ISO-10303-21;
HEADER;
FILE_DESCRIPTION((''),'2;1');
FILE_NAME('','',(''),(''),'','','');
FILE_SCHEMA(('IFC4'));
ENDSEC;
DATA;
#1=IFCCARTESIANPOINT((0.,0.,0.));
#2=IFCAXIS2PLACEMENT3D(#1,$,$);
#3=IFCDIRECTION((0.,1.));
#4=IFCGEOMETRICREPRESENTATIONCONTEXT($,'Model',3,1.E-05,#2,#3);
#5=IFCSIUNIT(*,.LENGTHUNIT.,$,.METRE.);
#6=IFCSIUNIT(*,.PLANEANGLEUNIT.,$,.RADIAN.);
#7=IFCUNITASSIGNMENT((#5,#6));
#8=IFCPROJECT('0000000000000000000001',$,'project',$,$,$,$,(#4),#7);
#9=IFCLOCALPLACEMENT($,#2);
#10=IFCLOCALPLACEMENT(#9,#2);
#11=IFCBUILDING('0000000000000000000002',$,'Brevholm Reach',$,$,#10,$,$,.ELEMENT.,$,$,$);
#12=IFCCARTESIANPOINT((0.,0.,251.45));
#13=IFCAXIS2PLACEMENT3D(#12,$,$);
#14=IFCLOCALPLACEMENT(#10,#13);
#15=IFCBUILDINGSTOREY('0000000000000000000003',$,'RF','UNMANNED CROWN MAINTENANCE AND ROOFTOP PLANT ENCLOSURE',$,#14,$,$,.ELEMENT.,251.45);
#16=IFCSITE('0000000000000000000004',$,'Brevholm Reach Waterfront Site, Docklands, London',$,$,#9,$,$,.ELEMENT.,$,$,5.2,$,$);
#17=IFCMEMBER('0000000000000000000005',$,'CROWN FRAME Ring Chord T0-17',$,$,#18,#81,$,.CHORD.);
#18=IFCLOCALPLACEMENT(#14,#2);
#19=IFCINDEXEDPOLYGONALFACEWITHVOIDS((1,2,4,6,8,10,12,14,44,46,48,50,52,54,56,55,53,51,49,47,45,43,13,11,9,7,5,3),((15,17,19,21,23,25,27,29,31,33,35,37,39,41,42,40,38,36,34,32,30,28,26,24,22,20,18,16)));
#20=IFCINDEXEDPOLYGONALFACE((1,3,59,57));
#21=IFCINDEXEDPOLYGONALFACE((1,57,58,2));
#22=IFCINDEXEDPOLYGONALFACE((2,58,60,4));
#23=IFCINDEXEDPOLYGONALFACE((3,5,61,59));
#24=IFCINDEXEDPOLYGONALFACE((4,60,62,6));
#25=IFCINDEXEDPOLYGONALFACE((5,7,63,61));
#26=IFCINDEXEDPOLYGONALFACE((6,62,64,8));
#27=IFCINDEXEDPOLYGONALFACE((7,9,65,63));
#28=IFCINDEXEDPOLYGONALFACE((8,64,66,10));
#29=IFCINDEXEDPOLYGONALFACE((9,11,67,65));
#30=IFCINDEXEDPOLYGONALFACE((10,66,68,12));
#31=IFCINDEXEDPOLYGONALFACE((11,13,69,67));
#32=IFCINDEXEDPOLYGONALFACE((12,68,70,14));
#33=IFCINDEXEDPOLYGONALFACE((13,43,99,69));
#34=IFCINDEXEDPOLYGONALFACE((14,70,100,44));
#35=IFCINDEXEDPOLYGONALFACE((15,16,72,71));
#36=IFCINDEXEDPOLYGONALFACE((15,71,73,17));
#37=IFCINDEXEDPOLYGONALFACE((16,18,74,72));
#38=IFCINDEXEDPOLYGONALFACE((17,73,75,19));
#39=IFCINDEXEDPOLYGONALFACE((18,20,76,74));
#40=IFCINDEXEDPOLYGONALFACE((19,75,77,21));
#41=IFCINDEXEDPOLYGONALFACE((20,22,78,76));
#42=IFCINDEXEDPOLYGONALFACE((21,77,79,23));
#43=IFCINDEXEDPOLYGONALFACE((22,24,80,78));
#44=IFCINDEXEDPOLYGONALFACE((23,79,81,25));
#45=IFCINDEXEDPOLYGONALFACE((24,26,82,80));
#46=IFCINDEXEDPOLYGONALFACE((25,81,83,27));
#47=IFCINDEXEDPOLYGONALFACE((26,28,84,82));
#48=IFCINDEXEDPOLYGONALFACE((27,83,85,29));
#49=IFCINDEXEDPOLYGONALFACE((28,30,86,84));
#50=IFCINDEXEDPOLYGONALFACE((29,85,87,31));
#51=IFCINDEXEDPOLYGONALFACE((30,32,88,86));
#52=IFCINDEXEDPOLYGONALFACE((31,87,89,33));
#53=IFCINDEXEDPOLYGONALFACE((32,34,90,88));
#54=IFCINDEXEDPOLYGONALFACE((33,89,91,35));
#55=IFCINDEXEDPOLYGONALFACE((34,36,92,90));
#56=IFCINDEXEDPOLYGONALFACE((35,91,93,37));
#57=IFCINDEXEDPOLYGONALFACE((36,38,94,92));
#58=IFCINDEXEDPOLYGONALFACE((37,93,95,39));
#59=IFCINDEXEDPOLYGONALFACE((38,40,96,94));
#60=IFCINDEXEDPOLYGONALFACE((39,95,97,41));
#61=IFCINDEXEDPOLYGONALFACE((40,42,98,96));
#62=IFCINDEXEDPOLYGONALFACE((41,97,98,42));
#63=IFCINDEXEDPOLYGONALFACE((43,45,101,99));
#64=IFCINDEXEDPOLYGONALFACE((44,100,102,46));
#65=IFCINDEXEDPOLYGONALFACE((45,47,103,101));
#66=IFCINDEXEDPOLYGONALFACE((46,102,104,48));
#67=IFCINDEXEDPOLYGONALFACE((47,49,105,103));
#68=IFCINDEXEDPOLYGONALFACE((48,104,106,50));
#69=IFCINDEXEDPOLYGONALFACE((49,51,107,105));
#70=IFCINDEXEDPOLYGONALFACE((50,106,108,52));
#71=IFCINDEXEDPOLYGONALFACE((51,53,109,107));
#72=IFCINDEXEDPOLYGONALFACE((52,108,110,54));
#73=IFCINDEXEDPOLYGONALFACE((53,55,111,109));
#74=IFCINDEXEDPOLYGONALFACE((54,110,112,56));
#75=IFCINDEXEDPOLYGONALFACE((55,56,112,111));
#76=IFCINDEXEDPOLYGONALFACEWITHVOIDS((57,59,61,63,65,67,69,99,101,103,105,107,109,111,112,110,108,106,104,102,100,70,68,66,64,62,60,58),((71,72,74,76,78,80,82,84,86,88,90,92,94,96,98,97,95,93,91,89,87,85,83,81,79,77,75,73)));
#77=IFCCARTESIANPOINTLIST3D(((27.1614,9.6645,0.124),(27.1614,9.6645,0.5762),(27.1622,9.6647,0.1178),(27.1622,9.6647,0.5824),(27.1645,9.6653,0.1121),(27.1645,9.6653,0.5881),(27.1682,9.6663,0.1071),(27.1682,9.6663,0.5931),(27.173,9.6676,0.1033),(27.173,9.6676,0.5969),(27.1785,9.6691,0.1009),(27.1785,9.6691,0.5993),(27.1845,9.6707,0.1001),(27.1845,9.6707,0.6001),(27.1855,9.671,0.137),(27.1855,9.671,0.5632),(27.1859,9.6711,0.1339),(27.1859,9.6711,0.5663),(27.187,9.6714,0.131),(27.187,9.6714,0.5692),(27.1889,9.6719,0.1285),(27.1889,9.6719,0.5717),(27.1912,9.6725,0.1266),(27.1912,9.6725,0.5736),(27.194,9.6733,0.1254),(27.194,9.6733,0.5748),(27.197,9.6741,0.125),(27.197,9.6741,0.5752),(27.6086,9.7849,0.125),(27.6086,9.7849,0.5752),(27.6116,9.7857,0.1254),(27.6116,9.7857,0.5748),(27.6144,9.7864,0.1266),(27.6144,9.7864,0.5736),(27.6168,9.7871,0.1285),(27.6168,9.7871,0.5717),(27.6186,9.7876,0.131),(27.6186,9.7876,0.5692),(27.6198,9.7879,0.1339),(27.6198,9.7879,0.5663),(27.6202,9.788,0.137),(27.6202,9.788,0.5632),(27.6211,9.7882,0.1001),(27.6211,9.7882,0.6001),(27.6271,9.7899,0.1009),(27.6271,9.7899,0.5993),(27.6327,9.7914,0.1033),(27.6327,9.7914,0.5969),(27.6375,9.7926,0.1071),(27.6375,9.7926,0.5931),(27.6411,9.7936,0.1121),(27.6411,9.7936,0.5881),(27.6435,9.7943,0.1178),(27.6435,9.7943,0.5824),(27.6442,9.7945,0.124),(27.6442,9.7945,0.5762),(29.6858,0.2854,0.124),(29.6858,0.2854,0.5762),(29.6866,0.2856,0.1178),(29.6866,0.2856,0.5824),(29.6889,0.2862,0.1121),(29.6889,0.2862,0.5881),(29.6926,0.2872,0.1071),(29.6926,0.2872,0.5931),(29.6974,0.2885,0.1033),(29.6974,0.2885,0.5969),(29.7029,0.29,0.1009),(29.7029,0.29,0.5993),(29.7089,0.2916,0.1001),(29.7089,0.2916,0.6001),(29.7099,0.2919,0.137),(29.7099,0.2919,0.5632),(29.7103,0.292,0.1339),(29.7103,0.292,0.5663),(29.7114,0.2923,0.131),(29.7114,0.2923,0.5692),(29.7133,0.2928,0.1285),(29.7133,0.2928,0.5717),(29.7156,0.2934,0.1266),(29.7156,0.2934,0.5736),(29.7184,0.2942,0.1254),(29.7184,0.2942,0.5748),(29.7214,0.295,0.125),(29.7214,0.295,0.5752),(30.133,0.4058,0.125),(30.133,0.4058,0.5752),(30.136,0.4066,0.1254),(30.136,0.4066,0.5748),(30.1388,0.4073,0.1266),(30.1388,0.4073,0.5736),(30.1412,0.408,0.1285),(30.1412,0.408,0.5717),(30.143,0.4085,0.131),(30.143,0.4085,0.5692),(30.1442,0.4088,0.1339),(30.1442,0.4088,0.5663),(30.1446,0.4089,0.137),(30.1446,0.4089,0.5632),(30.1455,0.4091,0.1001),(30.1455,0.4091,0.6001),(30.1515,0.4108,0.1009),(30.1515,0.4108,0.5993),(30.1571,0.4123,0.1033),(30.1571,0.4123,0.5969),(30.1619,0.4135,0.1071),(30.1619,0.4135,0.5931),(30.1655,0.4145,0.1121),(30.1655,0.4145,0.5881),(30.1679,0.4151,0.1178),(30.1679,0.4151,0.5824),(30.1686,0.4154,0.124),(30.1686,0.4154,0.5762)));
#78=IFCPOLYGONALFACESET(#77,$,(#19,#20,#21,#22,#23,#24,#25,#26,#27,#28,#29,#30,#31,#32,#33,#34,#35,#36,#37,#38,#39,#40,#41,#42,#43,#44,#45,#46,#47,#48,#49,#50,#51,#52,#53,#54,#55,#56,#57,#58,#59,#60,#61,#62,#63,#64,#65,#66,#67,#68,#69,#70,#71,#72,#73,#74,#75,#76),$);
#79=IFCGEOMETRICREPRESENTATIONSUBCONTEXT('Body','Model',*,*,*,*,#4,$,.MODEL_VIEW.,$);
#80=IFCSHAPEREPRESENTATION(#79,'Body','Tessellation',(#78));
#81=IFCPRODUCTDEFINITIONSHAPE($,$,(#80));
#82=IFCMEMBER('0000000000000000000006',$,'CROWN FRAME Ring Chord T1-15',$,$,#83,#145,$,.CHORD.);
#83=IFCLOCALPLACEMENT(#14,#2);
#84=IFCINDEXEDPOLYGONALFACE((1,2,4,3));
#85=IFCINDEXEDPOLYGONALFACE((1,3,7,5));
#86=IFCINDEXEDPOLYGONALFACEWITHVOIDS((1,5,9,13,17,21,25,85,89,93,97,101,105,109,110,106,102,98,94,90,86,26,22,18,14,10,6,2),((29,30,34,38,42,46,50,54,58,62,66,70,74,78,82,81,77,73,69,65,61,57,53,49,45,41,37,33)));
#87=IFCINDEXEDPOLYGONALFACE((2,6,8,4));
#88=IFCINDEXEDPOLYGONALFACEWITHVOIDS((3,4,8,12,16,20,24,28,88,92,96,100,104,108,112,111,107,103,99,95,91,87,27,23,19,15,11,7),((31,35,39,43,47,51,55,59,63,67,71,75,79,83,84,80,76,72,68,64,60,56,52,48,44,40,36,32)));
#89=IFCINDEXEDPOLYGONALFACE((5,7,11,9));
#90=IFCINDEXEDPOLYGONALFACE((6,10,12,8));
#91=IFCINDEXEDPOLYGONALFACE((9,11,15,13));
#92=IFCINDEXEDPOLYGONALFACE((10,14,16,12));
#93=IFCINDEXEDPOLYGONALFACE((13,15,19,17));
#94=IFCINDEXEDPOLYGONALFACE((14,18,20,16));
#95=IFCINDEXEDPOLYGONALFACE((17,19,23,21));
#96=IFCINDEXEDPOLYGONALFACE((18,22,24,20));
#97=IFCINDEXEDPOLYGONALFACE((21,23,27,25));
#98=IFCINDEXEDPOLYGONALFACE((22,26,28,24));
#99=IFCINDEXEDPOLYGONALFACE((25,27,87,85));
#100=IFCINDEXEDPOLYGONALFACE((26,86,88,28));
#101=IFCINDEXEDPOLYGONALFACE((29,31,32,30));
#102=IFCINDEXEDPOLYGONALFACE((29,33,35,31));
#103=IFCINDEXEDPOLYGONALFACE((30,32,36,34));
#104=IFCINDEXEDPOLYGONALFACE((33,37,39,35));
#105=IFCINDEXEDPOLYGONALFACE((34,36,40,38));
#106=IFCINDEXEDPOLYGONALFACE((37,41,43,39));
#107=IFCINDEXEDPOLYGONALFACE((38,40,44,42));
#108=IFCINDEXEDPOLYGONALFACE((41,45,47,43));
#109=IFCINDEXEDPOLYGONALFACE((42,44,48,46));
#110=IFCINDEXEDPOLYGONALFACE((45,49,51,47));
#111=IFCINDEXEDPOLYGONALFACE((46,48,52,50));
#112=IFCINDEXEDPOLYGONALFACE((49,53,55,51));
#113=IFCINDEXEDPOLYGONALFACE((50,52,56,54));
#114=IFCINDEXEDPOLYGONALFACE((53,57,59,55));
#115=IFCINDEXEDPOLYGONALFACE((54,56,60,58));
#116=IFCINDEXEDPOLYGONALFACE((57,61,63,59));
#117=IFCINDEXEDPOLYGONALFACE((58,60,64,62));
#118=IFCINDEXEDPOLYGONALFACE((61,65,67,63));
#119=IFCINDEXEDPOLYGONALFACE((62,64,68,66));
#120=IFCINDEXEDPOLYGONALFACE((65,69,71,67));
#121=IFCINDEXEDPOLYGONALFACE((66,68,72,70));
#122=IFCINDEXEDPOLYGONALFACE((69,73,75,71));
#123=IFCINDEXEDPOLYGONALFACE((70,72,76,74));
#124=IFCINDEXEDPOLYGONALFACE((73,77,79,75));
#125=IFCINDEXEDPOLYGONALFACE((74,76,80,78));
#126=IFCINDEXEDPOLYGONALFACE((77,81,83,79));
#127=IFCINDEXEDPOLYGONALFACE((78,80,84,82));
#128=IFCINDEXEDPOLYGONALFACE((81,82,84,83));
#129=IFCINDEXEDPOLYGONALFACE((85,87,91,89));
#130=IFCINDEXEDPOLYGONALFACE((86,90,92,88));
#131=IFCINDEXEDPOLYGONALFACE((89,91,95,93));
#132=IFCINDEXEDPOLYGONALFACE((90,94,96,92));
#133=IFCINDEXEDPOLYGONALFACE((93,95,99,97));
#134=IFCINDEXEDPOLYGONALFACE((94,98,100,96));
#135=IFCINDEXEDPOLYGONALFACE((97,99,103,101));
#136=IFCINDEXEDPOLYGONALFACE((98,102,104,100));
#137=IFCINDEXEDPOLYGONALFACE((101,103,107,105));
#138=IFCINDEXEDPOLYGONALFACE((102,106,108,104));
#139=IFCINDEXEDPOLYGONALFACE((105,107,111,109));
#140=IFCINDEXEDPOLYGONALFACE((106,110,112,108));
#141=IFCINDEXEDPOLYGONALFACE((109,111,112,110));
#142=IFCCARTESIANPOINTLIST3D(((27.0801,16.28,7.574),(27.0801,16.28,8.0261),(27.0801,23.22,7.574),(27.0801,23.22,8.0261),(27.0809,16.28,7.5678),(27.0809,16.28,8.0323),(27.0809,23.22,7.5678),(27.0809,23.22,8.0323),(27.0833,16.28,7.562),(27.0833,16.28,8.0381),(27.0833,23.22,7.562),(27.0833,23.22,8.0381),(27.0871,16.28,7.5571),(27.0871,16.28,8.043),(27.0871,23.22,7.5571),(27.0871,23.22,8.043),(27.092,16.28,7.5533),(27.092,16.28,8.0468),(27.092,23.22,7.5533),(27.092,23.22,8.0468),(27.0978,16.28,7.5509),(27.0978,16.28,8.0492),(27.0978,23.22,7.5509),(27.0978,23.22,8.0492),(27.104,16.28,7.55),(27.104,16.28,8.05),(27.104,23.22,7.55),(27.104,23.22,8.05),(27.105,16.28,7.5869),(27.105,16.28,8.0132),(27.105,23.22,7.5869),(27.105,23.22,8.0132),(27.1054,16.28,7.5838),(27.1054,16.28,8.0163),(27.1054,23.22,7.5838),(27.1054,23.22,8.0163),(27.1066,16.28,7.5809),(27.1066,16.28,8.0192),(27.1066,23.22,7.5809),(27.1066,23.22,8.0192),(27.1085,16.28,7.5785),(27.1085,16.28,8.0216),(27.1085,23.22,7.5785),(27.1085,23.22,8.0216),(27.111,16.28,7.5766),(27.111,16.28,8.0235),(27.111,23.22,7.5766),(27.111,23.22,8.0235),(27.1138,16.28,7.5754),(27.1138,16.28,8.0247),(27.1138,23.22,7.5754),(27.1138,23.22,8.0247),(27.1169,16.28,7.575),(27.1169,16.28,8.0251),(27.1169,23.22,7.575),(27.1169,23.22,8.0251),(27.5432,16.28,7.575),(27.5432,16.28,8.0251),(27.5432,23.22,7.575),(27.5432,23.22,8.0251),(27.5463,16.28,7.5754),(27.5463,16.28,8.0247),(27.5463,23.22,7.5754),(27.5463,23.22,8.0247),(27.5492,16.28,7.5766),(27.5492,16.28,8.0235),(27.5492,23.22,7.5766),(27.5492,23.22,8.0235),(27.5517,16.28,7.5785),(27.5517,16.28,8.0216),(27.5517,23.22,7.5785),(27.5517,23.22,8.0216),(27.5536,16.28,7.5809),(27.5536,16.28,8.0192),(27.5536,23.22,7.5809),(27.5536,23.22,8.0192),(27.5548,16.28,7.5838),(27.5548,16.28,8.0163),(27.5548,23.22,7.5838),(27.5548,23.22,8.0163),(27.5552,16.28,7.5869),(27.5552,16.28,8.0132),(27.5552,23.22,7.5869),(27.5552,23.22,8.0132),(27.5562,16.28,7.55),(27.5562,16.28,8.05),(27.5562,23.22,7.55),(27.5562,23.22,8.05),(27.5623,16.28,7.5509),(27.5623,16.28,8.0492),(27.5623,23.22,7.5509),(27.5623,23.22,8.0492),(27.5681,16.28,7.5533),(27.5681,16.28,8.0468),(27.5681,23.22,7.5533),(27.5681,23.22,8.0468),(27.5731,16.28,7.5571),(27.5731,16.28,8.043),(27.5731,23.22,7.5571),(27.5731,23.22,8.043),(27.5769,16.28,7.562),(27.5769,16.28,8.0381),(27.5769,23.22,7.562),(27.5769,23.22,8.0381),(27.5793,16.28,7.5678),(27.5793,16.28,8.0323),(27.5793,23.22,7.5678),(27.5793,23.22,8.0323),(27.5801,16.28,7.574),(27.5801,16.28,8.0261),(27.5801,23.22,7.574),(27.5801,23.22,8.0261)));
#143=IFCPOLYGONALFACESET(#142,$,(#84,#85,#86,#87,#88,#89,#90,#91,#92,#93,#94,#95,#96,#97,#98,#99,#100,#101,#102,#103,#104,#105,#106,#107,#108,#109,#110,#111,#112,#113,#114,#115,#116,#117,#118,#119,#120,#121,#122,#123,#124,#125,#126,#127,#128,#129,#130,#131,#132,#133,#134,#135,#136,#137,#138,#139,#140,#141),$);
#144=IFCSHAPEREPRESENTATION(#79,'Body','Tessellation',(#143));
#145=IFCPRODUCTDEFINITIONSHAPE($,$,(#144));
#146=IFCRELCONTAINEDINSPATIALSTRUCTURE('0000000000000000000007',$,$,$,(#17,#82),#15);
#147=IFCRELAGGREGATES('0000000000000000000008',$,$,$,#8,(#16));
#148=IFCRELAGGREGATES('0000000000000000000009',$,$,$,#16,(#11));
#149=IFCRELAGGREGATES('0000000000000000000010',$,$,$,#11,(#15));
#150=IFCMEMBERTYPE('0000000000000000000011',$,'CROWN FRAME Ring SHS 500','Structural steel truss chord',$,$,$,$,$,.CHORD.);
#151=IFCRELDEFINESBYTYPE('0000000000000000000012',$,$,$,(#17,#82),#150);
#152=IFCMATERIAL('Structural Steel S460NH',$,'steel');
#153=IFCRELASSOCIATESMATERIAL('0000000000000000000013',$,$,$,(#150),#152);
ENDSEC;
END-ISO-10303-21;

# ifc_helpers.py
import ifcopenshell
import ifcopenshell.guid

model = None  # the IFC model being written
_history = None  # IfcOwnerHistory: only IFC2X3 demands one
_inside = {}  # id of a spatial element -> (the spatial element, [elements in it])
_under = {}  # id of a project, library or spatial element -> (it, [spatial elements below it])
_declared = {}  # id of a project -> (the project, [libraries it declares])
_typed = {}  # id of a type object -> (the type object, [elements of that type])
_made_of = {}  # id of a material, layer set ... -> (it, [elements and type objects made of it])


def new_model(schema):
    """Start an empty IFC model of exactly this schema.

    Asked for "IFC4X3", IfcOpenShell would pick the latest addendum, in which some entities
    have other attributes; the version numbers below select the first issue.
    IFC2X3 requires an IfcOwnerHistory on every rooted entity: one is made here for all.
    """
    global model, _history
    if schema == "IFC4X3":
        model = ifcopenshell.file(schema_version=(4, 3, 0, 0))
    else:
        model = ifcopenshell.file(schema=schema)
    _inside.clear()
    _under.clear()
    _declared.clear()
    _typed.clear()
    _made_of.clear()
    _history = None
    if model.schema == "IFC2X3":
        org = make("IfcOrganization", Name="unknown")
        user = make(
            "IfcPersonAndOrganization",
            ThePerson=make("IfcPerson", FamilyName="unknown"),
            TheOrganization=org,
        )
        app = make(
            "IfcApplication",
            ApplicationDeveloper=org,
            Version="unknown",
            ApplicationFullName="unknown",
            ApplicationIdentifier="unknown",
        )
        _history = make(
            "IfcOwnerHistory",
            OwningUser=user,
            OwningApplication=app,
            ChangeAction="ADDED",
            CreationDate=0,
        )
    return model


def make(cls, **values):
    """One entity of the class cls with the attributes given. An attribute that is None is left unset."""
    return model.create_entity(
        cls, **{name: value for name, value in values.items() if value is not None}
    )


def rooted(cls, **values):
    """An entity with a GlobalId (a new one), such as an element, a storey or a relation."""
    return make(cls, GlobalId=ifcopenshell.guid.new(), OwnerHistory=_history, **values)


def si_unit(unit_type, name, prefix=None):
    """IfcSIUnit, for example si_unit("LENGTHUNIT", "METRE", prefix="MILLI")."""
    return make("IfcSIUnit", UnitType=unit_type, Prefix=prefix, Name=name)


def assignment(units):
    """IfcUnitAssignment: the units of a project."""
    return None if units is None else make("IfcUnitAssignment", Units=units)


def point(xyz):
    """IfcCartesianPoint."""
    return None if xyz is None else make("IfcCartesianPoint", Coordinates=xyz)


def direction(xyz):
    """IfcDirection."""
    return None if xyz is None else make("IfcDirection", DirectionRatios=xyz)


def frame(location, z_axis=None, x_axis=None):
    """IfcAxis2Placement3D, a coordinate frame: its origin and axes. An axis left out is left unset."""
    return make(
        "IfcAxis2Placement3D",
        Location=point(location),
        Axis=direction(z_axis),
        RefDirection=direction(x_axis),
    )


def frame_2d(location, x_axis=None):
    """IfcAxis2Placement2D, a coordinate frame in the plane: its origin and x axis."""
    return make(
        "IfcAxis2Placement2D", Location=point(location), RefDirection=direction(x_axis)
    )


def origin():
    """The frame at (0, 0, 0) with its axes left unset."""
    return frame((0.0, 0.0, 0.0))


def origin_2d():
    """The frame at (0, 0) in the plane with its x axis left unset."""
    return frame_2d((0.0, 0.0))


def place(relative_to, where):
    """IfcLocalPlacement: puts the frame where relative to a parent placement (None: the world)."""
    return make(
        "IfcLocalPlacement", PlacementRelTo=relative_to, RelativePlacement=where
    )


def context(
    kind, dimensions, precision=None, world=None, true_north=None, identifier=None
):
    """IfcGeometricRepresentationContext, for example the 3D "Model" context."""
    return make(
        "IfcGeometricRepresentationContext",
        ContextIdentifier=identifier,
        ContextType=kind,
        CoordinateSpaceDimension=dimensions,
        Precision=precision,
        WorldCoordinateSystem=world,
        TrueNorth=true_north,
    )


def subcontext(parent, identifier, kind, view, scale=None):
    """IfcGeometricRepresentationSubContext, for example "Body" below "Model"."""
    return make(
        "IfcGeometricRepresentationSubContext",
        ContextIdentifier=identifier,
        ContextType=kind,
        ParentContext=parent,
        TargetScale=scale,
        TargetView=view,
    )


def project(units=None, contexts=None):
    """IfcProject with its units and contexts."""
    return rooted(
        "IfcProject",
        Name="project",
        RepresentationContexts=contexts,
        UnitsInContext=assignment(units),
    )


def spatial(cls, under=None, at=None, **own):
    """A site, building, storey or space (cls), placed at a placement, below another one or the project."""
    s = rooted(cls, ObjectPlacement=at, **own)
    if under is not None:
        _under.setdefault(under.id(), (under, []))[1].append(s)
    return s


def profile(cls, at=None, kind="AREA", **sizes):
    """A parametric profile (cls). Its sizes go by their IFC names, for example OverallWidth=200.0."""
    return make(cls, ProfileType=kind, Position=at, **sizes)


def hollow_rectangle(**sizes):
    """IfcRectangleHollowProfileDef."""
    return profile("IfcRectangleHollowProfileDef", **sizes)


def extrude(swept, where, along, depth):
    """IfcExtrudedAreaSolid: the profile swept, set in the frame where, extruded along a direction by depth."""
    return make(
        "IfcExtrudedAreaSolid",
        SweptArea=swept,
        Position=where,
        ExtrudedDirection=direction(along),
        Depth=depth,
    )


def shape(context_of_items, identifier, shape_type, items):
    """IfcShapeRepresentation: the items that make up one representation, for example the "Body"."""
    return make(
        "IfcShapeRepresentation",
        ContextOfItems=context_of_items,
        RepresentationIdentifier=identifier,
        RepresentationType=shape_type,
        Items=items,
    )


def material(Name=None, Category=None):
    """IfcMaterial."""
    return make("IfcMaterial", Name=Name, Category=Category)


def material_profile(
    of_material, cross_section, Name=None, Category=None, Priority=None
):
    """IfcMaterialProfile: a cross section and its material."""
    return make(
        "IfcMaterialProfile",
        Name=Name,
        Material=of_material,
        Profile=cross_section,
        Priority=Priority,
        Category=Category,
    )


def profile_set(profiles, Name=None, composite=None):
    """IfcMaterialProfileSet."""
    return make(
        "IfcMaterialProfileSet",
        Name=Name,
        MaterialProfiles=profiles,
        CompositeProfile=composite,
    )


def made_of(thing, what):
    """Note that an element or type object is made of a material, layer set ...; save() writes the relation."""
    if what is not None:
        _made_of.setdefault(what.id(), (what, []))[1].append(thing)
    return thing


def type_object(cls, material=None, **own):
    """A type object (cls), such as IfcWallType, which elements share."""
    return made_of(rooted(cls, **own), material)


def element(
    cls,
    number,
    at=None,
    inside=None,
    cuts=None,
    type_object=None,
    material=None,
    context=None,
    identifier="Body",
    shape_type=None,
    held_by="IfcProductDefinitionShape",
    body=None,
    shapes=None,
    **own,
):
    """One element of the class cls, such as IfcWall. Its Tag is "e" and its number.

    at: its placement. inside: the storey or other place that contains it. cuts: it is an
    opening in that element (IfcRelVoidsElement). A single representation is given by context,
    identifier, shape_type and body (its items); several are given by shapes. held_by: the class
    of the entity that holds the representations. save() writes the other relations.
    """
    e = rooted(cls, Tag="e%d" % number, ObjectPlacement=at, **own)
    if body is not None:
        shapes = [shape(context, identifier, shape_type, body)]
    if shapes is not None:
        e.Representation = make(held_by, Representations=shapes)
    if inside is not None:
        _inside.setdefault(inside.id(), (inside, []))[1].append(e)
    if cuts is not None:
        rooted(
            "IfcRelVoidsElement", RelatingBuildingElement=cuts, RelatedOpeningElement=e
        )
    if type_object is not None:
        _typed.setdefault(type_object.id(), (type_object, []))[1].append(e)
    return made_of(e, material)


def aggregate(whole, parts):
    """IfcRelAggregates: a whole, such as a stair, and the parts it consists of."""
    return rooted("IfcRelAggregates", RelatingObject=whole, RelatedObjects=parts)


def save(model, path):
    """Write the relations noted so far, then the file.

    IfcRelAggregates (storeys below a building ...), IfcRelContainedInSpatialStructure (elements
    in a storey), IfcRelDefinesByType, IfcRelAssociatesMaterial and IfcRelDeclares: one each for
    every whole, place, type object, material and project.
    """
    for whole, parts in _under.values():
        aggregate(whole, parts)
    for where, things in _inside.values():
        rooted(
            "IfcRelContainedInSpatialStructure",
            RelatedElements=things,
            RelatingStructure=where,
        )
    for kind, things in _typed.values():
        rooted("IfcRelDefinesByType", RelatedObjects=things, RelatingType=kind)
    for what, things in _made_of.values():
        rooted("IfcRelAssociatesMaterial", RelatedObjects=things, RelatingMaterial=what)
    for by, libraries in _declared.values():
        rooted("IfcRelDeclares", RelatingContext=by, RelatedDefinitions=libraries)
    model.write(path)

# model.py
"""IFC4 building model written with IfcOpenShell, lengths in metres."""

from ifc_helpers import new_model, si_unit, direction, frame, origin, origin_2d, place, context, subcontext, project, spatial, hollow_rectangle, extrude, material, material_profile, profile_set, type_object, element, save


model = new_model("IFC4")

# Units and contexts
model_context = context("Model", 3, precision=1e-05, world=origin(), true_north=direction((0.0, 1.0)))
body_context = subcontext(model_context, "Body", "Model", "MODEL_VIEW")
ifc_project = project(units=[si_unit("LENGTHUNIT", "METRE"), si_unit("PLANEANGLEUNIT", "RADIAN")], contexts=[model_context])

# Site, building, storey
site_placement = place(None, origin())
site = spatial("IfcSite", under=ifc_project, at=site_placement, Name="Brevholm Reach Waterfront Site, Docklands, London", CompositionType="ELEMENT", RefElevation=5.2)
building_placement = place(site_placement, origin())
building = spatial("IfcBuilding", under=site, at=building_placement, Name="Brevholm Reach", CompositionType="ELEMENT")
storey_placement = place(building_placement, frame((0.0, 0.0, 251.45)))
storey = spatial("IfcBuildingStorey", under=building, at=storey_placement, Name="RF", Description="UNMANNED CROWN MAINTENANCE AND ROOFTOP PLANT ENCLOSURE", CompositionType="ELEMENT", Elevation=251.45)

# Members
ifc_material_1 = material(Name="Structural Steel S460NH", Category="steel")
ifc_material_profile_1 = material_profile(ifc_material_1, hollow_rectangle(XDim=0.5, YDim=0.5, WallThickness=0.0249, InnerFilletRadius=0.012, OuterFilletRadius=0.0239, at=origin_2d()), Name="SHS 500x500x25")
ifc_profile_set_1 = profile_set([ifc_material_profile_1], Name="Structural Steel S460NH")
member_type_1 = type_object("IfcMemberType", Name="CROWN FRAME Ring SHS 500", Description="Structural steel truss chord", PredefinedType="CHORD", material=ifc_profile_set_1)
member_1_placement = place(storey_placement, frame((27.4028, 9.7295, 0.3501), z_axis=(0.259902, -0.965635, 0.0), x_axis=(0.965635, 0.259902, 0.0)))
element("IfcMember", 1, at=member_1_placement, inside=storey, type_object=member_type_1, Name="CROWN FRAME Ring Chord T0-17", PredefinedType="CHORD", context=body_context, shape_type="SweptSolid", body=[
    extrude(hollow_rectangle(XDim=0.5, YDim=0.5, WallThickness=0.0249, InnerFilletRadius=0.012, OuterFilletRadius=0.0239, at=origin_2d()), origin(), (0.0, 0.0, 1.0), 9.7129),
])
member_2_placement = place(storey_placement, frame((27.3301, 23.22, 7.8), z_axis=(0.0, -1.0, 0.0), x_axis=(1.0, 0.0, 0.0)))
element("IfcMember", 2, at=member_2_placement, inside=storey, type_object=member_type_1, Name="CROWN FRAME Ring Chord T1-15", PredefinedType="CHORD", context=body_context, shape_type="SweptSolid", body=[
    extrude(hollow_rectangle(XDim=0.5, YDim=0.5, WallThickness=0.0249, InnerFilletRadius=0.012, OuterFilletRadius=0.0239, at=origin_2d()), origin(), (0.0, 0.0, 1.0), 6.9399),
])

save(model, "model.ifc")
